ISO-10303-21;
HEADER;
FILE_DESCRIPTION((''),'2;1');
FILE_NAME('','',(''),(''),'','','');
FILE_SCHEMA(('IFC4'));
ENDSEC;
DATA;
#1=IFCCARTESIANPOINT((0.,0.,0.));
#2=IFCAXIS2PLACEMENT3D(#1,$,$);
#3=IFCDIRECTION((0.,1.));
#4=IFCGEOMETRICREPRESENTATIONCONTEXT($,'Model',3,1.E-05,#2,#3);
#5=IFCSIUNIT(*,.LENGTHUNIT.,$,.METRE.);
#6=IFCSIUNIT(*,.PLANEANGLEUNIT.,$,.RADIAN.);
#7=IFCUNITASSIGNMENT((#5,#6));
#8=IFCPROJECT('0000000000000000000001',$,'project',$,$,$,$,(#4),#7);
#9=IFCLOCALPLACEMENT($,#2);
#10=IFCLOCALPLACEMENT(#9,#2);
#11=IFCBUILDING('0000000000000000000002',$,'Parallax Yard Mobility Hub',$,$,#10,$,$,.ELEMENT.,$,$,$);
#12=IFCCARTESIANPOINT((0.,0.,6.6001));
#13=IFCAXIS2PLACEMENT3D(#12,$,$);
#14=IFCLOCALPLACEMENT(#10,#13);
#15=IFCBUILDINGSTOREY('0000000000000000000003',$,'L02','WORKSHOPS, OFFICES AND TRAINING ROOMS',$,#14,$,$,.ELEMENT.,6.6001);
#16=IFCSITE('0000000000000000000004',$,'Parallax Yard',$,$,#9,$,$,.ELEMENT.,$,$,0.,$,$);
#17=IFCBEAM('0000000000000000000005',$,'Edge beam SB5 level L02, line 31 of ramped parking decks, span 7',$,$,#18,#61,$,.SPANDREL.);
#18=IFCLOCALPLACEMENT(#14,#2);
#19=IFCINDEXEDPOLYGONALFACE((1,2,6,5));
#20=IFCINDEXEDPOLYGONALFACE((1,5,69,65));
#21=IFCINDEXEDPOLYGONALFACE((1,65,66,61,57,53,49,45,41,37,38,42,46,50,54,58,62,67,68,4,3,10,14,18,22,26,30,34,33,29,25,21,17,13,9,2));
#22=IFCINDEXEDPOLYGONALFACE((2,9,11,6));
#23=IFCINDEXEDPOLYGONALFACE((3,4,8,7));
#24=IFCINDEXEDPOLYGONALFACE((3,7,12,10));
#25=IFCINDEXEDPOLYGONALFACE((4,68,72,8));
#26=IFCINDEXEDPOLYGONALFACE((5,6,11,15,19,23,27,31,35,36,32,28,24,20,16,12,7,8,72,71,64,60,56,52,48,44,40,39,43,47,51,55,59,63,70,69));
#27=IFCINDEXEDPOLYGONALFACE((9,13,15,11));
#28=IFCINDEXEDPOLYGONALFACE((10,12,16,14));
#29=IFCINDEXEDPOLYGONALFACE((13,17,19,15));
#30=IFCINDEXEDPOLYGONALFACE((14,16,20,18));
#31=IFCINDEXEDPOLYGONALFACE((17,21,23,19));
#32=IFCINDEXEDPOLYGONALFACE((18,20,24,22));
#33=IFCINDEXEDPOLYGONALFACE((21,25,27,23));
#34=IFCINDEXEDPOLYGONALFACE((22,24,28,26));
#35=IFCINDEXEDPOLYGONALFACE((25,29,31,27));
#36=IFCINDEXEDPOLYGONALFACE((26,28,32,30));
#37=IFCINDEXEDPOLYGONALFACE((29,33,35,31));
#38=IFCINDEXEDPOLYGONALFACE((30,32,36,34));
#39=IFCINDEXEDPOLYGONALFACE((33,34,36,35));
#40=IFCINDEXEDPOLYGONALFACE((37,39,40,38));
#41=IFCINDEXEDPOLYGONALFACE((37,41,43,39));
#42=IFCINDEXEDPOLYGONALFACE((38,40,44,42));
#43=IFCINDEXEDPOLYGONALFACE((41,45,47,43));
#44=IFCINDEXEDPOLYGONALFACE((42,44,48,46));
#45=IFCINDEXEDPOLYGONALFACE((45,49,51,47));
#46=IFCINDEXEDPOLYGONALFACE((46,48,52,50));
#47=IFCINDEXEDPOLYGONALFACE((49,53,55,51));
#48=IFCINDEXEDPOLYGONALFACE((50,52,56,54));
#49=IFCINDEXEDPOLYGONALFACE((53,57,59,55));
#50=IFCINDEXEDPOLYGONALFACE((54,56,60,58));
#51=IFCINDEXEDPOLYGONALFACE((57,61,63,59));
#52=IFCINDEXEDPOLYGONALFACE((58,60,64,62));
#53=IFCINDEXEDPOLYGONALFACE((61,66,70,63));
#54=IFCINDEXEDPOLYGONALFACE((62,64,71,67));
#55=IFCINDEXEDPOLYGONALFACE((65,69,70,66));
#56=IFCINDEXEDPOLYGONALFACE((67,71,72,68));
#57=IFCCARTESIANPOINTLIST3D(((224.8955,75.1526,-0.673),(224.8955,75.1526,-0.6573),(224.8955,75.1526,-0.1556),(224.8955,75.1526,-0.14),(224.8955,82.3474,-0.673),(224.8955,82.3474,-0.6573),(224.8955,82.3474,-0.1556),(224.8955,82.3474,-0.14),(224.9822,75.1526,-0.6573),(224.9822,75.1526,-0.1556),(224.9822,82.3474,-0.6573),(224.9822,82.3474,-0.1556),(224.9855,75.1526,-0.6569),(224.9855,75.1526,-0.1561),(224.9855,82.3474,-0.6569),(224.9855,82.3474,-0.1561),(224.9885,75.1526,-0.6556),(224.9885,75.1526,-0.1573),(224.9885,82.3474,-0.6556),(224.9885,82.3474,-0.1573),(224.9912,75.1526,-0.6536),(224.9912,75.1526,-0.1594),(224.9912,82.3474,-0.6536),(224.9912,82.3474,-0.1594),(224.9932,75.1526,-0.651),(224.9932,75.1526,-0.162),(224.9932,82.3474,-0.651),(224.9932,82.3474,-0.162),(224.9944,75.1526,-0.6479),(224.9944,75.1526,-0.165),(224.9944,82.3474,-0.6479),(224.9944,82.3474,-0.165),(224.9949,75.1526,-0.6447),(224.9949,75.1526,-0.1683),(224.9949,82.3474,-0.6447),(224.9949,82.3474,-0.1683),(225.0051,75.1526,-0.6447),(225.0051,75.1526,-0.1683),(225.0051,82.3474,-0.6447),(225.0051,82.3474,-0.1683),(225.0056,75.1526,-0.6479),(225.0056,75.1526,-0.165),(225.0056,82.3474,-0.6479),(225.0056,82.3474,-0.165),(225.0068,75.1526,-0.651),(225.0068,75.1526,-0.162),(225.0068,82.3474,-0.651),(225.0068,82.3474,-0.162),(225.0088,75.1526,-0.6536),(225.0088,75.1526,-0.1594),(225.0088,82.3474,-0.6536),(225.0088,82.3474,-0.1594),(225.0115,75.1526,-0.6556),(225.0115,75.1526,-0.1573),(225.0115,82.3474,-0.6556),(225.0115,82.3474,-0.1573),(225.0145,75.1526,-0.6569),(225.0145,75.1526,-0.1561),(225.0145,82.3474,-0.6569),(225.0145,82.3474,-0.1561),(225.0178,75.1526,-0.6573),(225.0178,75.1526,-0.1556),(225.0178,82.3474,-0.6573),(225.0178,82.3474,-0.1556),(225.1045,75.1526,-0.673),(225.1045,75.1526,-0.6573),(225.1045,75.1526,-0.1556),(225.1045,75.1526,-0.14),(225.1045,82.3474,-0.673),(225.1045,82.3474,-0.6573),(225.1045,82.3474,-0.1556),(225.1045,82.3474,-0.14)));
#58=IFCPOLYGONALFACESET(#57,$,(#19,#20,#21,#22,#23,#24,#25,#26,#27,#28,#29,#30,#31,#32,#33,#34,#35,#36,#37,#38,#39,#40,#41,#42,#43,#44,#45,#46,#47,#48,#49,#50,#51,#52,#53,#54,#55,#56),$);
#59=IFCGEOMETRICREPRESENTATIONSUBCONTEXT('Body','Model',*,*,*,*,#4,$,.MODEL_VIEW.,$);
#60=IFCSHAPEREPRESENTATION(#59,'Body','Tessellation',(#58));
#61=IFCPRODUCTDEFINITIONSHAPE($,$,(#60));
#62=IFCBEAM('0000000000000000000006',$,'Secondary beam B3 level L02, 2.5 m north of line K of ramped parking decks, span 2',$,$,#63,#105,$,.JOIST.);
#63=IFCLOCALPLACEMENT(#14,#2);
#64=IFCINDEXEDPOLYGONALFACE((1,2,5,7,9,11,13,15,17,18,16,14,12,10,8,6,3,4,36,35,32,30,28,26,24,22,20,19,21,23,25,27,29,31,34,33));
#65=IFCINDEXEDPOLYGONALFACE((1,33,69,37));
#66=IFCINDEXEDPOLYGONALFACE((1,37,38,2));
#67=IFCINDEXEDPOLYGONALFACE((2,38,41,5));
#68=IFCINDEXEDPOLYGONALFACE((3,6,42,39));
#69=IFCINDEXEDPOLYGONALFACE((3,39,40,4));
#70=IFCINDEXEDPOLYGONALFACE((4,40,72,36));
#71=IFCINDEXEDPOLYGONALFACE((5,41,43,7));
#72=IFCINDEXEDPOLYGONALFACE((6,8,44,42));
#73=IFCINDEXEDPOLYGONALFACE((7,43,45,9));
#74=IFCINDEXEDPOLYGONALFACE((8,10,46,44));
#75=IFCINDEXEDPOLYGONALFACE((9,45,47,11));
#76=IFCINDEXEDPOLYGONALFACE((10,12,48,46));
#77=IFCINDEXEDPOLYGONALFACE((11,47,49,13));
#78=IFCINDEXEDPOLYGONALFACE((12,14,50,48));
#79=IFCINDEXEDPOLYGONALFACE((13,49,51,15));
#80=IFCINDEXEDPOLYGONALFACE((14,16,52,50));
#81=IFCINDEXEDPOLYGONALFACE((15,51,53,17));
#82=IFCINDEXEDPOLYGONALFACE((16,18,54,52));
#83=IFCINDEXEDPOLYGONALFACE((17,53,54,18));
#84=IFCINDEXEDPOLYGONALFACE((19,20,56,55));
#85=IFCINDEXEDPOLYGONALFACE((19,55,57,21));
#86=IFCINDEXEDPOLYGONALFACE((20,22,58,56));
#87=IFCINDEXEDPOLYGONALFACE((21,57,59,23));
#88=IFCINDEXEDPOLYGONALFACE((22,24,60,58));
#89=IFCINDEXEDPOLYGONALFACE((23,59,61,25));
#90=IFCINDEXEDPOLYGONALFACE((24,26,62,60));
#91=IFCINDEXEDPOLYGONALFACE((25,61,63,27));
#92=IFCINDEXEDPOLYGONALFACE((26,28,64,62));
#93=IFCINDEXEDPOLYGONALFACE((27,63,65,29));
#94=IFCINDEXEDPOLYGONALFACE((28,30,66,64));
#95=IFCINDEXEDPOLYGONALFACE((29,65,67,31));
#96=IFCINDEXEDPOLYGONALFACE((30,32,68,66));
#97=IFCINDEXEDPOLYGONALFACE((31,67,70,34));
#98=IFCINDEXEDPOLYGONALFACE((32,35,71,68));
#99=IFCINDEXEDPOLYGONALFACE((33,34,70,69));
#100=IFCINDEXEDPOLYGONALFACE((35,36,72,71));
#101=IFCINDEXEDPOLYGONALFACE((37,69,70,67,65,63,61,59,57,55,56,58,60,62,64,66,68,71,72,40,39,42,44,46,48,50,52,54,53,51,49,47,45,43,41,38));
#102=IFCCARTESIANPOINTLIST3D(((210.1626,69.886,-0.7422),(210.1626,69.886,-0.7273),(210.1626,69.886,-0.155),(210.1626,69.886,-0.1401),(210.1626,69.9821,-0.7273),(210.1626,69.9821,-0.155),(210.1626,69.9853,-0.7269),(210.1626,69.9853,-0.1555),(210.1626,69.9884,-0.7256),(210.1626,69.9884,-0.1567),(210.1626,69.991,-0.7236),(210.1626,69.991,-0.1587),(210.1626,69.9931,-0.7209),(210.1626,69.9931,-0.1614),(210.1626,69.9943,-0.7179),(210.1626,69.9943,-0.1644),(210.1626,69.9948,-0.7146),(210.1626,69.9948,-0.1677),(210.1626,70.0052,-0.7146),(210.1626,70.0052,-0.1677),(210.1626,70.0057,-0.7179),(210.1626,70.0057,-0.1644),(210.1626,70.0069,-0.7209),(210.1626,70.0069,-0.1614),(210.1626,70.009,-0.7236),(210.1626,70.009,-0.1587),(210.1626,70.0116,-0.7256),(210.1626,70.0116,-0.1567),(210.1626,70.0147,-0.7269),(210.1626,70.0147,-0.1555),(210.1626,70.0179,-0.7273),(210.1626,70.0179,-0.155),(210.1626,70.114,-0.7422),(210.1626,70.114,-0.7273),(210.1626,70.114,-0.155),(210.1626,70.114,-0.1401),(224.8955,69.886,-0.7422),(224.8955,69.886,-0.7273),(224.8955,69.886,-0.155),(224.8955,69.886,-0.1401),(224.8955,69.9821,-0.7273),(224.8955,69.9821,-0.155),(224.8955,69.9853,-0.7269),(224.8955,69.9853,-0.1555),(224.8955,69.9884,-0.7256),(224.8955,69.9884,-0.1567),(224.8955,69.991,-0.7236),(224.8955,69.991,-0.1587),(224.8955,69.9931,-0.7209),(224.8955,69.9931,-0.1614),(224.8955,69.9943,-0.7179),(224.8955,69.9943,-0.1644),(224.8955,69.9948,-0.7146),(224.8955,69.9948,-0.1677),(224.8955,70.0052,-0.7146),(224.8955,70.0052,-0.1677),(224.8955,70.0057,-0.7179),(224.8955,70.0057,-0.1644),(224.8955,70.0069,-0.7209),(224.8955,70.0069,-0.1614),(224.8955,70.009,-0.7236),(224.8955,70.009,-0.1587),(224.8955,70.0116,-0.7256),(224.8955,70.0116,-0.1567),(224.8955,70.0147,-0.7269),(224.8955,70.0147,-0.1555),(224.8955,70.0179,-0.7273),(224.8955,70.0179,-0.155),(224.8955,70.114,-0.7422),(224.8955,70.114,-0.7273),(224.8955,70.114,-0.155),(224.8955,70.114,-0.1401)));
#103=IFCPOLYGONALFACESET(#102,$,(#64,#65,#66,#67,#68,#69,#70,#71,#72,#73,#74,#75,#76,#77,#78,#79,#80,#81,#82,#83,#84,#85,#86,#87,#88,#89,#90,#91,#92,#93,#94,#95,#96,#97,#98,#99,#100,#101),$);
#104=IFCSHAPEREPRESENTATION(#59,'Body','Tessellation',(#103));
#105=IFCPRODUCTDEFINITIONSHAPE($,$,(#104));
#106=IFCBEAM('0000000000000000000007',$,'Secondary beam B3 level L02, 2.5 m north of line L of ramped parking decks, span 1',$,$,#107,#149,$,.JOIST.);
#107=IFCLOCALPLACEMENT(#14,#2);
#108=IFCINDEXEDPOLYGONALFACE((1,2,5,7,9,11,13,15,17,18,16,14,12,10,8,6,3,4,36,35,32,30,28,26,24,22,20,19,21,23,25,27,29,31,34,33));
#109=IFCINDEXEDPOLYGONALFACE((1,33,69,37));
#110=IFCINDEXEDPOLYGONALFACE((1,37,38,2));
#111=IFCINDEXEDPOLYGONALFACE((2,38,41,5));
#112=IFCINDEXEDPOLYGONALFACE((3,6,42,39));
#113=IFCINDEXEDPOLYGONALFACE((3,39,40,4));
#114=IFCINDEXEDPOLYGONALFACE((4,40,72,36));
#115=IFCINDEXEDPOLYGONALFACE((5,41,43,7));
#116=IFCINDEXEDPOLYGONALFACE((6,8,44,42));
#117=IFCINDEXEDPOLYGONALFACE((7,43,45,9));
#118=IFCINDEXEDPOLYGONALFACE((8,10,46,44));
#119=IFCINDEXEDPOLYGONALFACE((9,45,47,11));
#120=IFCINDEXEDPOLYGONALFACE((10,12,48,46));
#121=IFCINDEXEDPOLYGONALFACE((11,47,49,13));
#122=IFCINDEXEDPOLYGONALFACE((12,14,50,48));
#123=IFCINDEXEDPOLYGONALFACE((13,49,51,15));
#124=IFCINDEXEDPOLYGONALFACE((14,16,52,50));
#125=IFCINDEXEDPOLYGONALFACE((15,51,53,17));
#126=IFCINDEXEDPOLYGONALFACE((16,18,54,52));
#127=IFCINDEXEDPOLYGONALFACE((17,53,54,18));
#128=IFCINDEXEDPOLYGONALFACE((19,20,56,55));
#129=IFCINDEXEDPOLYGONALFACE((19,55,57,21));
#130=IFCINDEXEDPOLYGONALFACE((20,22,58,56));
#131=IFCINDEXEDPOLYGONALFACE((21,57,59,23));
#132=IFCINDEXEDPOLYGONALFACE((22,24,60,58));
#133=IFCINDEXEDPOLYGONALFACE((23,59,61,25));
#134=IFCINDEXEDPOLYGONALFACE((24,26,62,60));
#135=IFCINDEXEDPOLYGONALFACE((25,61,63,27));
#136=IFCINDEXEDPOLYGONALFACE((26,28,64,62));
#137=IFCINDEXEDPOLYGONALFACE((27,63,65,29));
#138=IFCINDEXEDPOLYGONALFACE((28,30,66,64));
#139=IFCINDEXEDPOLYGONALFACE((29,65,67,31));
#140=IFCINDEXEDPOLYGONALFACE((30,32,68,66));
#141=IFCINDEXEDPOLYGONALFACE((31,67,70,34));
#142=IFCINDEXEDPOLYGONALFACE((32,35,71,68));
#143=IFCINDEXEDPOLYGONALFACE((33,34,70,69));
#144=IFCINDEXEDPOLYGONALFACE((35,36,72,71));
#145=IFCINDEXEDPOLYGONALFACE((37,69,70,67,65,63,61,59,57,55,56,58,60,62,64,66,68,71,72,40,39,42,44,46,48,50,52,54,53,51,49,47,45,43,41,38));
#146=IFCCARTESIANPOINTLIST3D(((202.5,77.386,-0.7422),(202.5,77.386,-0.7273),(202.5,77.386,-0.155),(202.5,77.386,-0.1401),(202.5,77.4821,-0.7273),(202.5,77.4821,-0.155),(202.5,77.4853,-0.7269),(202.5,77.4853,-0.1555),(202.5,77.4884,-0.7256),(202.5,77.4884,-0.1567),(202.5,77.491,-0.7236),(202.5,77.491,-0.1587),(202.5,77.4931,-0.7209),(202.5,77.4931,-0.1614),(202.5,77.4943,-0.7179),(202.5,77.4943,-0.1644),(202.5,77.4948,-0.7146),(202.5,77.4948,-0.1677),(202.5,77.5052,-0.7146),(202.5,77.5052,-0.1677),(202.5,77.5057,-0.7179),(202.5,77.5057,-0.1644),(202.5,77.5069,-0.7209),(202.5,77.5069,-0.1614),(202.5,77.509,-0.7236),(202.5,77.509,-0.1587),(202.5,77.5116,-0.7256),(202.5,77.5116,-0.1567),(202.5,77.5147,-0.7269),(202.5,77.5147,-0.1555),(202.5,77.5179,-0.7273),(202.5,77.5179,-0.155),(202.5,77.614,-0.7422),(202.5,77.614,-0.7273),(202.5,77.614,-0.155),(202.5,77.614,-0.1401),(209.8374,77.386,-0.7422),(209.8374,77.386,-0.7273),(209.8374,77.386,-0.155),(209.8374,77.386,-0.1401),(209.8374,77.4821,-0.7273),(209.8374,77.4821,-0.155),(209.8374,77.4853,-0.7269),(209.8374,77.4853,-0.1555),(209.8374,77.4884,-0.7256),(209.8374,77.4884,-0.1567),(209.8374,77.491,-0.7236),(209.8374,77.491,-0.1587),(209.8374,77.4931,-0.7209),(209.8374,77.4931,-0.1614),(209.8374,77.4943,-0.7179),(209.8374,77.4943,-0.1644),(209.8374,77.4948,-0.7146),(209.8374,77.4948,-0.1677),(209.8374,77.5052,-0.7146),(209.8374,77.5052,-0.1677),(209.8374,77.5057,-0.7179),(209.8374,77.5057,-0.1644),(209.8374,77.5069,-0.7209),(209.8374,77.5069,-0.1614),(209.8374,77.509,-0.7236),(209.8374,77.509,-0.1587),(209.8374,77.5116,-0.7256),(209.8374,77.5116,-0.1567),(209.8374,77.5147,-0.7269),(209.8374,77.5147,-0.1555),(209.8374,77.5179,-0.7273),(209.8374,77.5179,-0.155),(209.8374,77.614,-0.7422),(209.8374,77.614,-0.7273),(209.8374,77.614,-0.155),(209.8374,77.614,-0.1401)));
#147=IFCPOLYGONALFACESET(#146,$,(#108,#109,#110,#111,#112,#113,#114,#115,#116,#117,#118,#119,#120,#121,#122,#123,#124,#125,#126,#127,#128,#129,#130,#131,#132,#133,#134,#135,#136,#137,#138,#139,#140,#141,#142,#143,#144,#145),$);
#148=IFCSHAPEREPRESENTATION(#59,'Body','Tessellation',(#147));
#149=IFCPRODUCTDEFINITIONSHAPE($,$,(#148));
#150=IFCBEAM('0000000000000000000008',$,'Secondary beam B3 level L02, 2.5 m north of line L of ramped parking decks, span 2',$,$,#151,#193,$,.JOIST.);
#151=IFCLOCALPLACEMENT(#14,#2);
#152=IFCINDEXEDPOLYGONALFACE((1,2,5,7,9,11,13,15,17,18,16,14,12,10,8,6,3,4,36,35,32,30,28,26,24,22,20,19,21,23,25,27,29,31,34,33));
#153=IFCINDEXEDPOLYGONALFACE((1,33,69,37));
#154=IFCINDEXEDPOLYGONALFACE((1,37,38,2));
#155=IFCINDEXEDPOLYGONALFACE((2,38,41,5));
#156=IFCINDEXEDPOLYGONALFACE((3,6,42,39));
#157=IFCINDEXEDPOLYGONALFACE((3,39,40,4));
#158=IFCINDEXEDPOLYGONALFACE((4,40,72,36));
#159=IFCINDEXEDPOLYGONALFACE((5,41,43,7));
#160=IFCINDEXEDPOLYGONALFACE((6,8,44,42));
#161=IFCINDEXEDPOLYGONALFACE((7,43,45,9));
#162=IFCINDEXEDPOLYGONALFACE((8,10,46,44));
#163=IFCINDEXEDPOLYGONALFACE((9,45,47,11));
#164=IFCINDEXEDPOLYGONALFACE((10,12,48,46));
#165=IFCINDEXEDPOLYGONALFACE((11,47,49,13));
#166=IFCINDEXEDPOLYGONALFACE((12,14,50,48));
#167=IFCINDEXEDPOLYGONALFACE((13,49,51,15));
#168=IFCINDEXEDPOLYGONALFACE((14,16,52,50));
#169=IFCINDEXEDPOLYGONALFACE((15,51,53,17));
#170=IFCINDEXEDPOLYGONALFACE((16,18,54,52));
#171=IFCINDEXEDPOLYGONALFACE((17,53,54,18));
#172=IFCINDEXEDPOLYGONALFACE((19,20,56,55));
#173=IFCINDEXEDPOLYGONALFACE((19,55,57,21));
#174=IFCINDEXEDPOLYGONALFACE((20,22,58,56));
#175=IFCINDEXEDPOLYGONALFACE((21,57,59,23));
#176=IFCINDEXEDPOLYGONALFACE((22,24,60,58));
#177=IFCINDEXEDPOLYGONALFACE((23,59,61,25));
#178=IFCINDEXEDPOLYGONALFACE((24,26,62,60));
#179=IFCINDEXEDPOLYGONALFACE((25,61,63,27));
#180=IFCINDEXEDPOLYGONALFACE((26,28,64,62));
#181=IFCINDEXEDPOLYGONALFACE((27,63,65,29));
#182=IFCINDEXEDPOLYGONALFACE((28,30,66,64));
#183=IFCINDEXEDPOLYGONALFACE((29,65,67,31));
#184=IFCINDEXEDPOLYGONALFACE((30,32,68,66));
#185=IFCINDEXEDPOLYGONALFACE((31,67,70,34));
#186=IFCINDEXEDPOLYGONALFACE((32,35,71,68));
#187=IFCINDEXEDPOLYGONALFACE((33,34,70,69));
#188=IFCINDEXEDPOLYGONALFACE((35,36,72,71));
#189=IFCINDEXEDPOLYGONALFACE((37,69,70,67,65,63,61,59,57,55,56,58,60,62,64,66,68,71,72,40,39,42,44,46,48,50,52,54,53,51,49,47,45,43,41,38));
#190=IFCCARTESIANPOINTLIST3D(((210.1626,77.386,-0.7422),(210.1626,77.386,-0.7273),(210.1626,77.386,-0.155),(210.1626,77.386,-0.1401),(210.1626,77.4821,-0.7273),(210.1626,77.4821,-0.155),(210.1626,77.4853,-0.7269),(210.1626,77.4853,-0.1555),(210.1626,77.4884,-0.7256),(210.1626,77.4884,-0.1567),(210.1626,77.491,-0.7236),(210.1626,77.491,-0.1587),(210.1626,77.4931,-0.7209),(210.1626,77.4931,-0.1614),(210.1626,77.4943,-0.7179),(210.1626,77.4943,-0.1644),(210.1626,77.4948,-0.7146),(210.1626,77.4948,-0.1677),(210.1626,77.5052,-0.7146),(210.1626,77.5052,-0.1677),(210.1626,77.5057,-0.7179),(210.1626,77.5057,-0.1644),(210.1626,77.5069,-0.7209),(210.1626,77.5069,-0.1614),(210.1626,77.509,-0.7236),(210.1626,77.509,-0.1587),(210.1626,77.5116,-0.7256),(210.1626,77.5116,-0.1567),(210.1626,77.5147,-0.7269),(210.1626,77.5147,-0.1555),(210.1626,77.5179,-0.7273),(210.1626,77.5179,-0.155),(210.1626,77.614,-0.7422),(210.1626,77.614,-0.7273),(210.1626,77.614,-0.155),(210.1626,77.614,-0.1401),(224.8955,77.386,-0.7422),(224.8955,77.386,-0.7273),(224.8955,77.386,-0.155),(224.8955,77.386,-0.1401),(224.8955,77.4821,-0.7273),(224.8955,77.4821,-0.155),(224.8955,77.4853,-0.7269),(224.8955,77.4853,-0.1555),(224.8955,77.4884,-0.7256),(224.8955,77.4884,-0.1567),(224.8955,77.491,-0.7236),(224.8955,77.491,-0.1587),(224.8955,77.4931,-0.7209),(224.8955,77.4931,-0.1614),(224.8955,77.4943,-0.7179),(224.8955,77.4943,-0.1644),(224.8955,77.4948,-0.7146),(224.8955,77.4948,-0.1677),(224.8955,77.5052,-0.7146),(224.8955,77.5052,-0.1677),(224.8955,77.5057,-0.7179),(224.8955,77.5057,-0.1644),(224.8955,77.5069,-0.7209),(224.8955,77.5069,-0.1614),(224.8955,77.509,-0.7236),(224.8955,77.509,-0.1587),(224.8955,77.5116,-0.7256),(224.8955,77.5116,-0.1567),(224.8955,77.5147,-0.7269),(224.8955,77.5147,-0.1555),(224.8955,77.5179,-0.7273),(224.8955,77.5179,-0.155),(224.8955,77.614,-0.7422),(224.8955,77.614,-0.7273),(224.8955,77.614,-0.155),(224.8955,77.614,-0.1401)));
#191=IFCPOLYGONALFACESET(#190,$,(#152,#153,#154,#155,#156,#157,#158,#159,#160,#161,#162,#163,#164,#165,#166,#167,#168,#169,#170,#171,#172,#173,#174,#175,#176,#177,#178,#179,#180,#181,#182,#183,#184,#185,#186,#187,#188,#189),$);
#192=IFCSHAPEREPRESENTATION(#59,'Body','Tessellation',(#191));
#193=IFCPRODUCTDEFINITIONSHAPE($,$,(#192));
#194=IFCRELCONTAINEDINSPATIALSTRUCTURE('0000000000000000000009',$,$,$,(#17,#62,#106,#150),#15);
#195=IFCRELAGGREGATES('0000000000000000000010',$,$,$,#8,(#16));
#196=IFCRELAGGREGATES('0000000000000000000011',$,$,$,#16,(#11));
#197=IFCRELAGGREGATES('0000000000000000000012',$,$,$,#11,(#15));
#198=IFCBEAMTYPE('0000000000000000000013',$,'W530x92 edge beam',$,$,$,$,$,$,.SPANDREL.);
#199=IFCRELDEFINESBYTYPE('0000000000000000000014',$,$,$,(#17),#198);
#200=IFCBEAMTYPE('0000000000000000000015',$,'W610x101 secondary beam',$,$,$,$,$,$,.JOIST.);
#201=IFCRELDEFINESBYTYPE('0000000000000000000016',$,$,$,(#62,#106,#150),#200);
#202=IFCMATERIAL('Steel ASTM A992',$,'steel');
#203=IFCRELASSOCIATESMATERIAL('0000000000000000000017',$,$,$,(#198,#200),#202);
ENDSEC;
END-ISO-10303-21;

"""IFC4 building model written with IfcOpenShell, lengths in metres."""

from ifc_helpers import new_model, si_unit, direction, frame, origin, origin_2d, place, context, subcontext, project, spatial, i_section, extrude, material, material_profile, profile_set, type_object, element, save


model = new_model("IFC4")

# Units and contexts
model_context = context("Model", 3, precision=1e-05, world=origin(), true_north=direction((0.0, 1.0)))
body_context = subcontext(model_context, "Body", "Model", "MODEL_VIEW")
ifc_project = project(units=[si_unit("LENGTHUNIT", "METRE"), si_unit("PLANEANGLEUNIT", "RADIAN")], contexts=[model_context])

# Site, building, storey
site_placement = place(None, origin())
site = spatial("IfcSite", under=ifc_project, at=site_placement, Name="Parallax Yard", CompositionType="ELEMENT", RefElevation=0.0)
building_placement = place(site_placement, origin())
building = spatial("IfcBuilding", under=site, at=building_placement, Name="Parallax Yard Mobility Hub", CompositionType="ELEMENT")
storey_placement = place(building_placement, frame((0.0, 0.0, 6.6001)))
storey = spatial("IfcBuildingStorey", under=building, at=storey_placement, Name="L02", Description="WORKSHOPS, OFFICES AND TRAINING ROOMS", CompositionType="ELEMENT", Elevation=6.6001)

# Shared definitions
ifc_material_1 = material(Name="Steel ASTM A992", Category="steel")

# Beams
ifc_material_profile_1 = material_profile(ifc_material_1, i_section(OverallWidth=0.209, OverallDepth=0.533, WebThickness=0.0103, FlangeThickness=0.0156, FilletRadius=0.0127, at=origin_2d()), Name="W530x92")
ifc_profile_set_1 = profile_set([ifc_material_profile_1], Name="Steel ASTM A992")
beam_type_1 = type_object("IfcBeamType", Name="W530x92 edge beam", PredefinedType="SPANDREL", material=ifc_profile_set_1)
beam_1_placement = place(storey_placement, frame((225.0, 75.1526, -0.4065), z_axis=(0.0, 1.0, 0.0), x_axis=(-1.0, 0.0, 0.0)))
element("IfcBeam", 1, at=beam_1_placement, inside=storey, type_object=beam_type_1, Name="Edge beam SB5 level L02, line 31 of ramped parking decks, span 7", PredefinedType="SPANDREL", context=body_context, shape_type="SweptSolid", body=[
    extrude(i_section(OverallWidth=0.209, OverallDepth=0.533, WebThickness=0.0103, FlangeThickness=0.0156, FilletRadius=0.0127, at=origin_2d()), origin(), (0.0, 0.0, 1.0), 7.1948),
])
ifc_material_profile_2 = material_profile(ifc_material_1, i_section(OverallWidth=0.228, OverallDepth=0.6021, WebThickness=0.0105, FlangeThickness=0.0149, FilletRadius=0.0127, at=origin_2d()), Name="W610x101")
ifc_profile_set_2 = profile_set([ifc_material_profile_2], Name="Steel ASTM A992")
beam_type_2 = type_object("IfcBeamType", Name="W610x101 secondary beam", PredefinedType="JOIST", material=ifc_profile_set_2)
beam_2_placement = place(storey_placement, frame((210.1626, 70.0, -0.4412), z_axis=(1.0, 0.0, 0.0), x_axis=(0.0, 1.0, 0.0)))
element("IfcBeam", 2, at=beam_2_placement, inside=storey, type_object=beam_type_2, Name="Secondary beam B3 level L02, 2.5 m north of line K of ramped parking decks, span 2", PredefinedType="JOIST", context=body_context, shape_type="SweptSolid", body=[
    extrude(i_section(OverallWidth=0.228, OverallDepth=0.6021, WebThickness=0.0105, FlangeThickness=0.0149, FilletRadius=0.0127, at=origin_2d()), origin(), (0.0, 0.0, 1.0), 14.7329),
])
beam_3_placement = place(storey_placement, frame((202.5, 77.5, -0.4412), z_axis=(1.0, 0.0, 0.0), x_axis=(0.0, 1.0, 0.0)))
element("IfcBeam", 3, at=beam_3_placement, inside=storey, type_object=beam_type_2, Name="Secondary beam B3 level L02, 2.5 m north of line L of ramped parking decks, span 1", PredefinedType="JOIST", context=body_context, shape_type="SweptSolid", body=[
    extrude(i_section(OverallWidth=0.228, OverallDepth=0.6021, WebThickness=0.0105, FlangeThickness=0.0149, FilletRadius=0.0127, at=origin_2d()), origin(), (0.0, 0.0, 1.0), 7.3374),
])
beam_4_placement = place(storey_placement, frame((210.1626, 77.5, -0.4412), z_axis=(1.0, 0.0, 0.0), x_axis=(0.0, 1.0, 0.0)))
element("IfcBeam", 4, at=beam_4_placement, inside=storey, type_object=beam_type_2, Name="Secondary beam B3 level L02, 2.5 m north of line L of ramped parking decks, span 2", PredefinedType="JOIST", context=body_context, shape_type="SweptSolid", body=[
    extrude(i_section(OverallWidth=0.228, OverallDepth=0.6021, WebThickness=0.0105, FlangeThickness=0.0149, FilletRadius=0.0127, at=origin_2d()), origin(), (0.0, 0.0, 1.0), 14.7329),
])

save(model, "model.ifc")
